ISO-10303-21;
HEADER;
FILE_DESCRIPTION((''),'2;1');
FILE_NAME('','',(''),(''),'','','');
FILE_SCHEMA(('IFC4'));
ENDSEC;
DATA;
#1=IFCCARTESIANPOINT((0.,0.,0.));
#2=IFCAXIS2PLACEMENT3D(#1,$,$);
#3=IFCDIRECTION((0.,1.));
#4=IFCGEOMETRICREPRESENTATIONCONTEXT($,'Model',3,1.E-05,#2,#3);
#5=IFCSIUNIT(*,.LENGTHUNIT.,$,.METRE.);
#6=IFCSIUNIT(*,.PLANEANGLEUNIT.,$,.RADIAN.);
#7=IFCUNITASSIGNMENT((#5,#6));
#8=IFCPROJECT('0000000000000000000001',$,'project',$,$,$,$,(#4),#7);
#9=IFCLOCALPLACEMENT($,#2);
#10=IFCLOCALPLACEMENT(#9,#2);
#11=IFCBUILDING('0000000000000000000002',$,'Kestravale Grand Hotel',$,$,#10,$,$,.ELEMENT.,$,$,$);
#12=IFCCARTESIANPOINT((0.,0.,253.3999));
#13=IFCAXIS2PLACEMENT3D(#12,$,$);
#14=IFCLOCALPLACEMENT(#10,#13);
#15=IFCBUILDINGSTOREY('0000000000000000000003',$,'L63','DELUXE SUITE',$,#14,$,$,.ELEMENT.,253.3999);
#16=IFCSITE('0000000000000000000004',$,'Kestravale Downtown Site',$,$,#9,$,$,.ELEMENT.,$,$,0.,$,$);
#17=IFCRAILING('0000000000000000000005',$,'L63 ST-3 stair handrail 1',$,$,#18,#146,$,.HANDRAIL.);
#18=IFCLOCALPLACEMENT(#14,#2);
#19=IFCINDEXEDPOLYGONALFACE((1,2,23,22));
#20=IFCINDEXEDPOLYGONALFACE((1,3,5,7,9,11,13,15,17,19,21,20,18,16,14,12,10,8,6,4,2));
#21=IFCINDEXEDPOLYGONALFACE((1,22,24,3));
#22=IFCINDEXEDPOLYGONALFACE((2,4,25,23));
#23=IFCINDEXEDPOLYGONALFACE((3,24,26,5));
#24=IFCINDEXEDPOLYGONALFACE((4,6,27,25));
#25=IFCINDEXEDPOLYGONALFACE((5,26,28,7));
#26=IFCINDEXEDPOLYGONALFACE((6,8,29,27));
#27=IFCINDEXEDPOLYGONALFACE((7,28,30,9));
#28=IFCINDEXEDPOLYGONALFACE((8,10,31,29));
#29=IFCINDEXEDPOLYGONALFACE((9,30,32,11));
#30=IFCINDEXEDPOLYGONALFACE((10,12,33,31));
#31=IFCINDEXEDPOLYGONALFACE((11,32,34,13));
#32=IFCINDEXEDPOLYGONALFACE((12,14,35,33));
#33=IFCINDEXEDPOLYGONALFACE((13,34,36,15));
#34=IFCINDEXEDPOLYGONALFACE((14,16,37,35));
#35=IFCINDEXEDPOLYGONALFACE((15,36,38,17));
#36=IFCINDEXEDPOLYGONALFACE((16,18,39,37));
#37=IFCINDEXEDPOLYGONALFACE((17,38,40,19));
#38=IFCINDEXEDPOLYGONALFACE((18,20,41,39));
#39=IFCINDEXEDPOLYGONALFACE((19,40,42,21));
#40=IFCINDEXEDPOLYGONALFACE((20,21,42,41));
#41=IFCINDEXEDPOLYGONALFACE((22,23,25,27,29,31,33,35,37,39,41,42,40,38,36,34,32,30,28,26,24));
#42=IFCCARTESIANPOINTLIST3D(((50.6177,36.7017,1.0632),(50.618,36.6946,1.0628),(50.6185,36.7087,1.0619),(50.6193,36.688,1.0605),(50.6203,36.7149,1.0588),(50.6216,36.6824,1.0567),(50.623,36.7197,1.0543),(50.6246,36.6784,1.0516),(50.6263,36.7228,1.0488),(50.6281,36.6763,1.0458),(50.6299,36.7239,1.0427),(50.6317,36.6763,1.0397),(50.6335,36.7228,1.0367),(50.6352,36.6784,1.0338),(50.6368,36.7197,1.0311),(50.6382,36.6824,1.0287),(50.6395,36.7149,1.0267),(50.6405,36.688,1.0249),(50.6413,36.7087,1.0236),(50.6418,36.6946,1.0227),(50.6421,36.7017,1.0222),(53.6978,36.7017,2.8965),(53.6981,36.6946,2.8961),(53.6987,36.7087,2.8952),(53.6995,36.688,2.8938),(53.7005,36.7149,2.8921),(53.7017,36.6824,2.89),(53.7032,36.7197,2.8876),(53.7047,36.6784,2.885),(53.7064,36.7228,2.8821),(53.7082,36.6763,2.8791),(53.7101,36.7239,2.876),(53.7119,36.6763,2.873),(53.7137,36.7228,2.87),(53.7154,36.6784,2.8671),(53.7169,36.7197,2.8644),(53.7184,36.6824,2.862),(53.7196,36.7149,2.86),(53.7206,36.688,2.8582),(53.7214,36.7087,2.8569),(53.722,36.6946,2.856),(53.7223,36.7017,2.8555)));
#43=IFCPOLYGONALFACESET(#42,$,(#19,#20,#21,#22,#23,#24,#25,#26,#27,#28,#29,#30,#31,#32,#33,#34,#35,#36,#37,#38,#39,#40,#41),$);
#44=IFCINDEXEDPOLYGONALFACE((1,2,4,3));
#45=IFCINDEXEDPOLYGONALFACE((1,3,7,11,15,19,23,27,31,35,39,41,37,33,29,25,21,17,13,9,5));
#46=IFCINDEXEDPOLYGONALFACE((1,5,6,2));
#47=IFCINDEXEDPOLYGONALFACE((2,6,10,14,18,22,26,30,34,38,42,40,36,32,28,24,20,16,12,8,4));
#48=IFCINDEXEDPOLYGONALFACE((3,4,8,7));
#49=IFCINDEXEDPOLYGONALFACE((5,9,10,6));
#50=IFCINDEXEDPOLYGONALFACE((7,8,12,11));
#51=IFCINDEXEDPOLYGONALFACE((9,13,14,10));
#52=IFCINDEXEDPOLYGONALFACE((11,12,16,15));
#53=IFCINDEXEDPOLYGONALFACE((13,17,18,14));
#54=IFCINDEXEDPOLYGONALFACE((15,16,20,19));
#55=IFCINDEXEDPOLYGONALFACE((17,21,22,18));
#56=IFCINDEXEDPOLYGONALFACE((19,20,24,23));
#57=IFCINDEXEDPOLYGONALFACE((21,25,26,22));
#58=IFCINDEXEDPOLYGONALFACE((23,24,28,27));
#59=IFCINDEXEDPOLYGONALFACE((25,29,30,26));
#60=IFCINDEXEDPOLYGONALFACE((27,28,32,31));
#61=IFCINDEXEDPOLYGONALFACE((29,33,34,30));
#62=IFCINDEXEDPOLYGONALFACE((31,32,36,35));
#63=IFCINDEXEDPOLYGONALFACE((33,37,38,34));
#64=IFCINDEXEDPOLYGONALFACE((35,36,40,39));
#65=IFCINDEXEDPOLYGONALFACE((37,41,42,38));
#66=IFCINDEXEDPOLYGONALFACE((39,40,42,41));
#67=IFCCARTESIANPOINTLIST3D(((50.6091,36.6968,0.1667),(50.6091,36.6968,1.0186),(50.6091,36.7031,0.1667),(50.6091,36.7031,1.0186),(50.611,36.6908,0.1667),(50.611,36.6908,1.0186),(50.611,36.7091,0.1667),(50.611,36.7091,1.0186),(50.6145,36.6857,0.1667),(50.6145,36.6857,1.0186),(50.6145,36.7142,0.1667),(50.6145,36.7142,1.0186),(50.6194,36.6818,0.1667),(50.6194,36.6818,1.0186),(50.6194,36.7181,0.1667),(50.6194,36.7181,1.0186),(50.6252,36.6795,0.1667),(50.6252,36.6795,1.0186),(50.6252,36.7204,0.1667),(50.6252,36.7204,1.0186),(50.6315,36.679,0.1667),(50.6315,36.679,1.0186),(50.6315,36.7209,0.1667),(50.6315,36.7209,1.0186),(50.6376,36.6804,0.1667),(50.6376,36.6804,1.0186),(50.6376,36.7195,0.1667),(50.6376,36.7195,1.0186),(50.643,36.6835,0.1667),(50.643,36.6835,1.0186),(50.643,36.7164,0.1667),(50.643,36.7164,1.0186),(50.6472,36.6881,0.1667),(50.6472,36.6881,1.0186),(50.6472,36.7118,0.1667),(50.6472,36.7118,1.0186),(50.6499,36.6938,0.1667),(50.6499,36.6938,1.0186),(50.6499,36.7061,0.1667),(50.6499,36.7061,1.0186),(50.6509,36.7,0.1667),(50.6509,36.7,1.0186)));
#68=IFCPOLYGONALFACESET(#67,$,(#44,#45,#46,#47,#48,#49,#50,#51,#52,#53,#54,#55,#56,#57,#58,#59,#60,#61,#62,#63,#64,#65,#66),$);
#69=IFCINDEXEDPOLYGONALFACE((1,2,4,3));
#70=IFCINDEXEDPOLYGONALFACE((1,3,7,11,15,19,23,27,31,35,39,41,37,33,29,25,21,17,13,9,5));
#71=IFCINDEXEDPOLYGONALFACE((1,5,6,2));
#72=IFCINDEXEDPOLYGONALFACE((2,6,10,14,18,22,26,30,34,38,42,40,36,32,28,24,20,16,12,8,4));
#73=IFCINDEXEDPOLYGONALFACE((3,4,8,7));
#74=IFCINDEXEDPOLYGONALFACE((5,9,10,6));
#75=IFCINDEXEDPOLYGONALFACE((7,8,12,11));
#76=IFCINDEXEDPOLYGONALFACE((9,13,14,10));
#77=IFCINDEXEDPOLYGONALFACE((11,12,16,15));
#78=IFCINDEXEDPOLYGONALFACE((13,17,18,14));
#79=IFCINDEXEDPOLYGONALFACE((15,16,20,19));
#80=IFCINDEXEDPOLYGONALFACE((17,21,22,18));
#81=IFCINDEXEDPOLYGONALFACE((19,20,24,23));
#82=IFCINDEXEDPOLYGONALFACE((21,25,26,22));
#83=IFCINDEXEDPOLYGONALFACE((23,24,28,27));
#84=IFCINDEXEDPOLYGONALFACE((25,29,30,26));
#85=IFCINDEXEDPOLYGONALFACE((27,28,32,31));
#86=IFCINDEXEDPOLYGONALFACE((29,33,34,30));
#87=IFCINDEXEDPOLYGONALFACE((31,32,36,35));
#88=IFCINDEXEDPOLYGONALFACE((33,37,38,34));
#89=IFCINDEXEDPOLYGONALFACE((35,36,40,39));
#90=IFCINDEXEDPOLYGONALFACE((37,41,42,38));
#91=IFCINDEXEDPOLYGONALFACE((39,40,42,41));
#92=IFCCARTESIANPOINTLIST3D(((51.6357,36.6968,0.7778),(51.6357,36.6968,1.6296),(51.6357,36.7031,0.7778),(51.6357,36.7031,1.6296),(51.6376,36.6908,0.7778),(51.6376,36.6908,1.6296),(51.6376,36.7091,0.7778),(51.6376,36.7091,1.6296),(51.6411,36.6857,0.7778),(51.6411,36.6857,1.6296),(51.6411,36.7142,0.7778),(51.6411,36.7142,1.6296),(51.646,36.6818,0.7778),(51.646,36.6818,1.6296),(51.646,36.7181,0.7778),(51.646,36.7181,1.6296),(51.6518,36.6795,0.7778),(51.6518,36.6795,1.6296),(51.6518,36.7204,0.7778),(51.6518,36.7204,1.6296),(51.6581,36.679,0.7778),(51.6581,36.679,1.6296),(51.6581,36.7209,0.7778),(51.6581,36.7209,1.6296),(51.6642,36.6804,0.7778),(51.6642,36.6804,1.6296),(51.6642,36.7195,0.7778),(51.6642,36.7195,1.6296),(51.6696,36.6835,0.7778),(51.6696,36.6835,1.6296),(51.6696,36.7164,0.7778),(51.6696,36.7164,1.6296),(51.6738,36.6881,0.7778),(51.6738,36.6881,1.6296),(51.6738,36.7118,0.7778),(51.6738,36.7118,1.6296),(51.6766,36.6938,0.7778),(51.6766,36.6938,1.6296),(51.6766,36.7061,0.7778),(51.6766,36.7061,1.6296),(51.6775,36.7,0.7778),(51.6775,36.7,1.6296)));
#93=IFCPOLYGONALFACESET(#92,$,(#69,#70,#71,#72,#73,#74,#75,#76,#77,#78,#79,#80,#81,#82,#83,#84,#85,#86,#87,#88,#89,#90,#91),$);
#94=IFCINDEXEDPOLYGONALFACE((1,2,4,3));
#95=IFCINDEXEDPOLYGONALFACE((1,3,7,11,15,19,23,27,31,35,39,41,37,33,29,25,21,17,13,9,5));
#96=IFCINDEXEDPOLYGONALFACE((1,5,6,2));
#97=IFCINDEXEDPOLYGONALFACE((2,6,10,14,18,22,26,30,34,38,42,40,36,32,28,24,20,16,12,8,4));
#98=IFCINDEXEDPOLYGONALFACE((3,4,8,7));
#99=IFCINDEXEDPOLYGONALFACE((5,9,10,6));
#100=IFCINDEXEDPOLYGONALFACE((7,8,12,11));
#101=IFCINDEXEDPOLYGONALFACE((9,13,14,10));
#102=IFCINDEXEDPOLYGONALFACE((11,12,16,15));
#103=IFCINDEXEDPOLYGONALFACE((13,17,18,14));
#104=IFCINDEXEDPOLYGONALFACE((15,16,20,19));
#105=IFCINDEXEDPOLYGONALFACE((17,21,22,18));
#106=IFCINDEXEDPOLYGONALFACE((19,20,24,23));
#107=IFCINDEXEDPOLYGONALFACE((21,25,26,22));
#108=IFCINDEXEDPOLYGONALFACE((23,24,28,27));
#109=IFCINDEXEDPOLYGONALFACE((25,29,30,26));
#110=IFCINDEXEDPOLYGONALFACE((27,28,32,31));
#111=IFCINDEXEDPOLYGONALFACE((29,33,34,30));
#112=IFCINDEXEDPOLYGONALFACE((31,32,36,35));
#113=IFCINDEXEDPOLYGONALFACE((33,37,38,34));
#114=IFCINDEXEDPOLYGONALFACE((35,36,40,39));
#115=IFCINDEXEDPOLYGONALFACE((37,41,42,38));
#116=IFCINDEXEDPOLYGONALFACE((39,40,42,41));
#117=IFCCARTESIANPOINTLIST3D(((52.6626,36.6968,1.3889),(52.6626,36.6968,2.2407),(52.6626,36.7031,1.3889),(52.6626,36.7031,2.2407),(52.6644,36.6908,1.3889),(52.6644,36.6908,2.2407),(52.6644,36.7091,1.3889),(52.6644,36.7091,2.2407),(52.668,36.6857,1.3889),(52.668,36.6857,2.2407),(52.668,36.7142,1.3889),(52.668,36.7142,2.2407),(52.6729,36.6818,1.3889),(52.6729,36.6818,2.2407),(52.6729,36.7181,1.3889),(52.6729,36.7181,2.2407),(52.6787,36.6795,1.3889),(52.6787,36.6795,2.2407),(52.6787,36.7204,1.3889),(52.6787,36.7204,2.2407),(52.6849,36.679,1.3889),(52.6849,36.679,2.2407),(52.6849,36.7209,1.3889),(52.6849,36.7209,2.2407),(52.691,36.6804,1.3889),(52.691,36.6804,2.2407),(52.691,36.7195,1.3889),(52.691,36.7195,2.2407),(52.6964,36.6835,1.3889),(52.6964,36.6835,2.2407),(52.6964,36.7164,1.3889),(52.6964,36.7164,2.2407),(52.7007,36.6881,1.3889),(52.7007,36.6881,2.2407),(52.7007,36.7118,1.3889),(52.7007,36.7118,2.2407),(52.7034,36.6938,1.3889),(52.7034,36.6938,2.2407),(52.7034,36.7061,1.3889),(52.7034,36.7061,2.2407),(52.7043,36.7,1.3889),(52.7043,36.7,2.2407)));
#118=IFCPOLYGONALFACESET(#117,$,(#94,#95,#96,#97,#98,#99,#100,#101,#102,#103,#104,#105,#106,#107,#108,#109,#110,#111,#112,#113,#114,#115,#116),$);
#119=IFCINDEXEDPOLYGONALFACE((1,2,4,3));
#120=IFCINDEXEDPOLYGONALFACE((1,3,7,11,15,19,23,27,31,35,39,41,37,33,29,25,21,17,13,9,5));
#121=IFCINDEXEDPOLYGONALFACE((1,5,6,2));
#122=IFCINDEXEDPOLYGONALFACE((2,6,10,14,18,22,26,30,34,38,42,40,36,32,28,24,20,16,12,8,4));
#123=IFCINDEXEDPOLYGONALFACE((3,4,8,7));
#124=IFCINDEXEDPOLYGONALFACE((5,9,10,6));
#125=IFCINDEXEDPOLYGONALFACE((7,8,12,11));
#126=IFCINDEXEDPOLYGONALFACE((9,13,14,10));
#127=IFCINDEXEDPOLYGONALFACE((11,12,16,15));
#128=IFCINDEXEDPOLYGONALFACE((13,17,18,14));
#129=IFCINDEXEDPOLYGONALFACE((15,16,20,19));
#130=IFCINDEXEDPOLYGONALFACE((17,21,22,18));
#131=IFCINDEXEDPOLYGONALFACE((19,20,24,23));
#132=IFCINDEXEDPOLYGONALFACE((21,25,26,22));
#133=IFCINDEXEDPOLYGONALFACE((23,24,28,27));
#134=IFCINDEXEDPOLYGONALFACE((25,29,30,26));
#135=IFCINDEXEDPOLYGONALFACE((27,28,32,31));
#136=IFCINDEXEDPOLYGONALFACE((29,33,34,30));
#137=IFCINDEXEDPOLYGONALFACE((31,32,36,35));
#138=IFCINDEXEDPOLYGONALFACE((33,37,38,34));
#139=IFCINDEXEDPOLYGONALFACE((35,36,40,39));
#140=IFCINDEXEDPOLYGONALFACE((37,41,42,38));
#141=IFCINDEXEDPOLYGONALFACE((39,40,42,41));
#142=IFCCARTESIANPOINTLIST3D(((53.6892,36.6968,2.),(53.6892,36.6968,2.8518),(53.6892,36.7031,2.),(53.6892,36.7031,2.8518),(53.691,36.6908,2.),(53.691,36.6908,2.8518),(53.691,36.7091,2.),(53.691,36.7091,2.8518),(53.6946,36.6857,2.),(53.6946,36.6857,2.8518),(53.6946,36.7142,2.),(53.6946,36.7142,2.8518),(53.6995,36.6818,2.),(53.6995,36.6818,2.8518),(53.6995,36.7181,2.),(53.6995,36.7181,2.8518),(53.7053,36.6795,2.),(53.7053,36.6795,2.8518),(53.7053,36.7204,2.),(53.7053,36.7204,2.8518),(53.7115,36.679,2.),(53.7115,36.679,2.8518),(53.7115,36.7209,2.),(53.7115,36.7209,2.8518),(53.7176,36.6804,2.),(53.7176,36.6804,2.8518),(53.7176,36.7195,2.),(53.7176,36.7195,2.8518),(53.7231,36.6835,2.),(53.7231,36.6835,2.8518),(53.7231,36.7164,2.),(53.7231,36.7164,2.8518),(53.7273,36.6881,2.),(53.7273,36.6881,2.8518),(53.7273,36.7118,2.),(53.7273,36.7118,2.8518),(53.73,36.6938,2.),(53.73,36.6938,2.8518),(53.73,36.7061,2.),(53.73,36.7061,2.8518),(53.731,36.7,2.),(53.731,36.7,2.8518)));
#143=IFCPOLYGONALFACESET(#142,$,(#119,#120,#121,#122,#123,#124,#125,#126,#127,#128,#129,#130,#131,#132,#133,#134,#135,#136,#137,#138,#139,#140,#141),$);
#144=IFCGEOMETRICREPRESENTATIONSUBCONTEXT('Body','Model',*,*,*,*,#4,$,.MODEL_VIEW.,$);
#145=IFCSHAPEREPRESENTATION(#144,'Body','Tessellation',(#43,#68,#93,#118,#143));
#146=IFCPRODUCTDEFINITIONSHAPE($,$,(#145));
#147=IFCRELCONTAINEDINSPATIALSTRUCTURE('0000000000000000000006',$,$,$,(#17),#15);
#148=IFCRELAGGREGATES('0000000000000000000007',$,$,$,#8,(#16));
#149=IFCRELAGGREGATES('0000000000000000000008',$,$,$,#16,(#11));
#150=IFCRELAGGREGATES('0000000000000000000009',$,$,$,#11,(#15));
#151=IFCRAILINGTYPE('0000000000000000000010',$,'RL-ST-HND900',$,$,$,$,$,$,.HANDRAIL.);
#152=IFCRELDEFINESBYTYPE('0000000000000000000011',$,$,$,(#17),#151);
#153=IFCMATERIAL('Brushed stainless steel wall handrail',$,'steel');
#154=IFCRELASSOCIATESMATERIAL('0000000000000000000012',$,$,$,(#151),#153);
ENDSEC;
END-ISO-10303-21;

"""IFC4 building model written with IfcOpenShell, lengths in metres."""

from ifc_helpers import new_model, si_unit, direction, frame, origin, origin_2d, place, context, subcontext, project, spatial, circle, extrude, material, type_object, element, save


model = new_model("IFC4")

# Units and contexts
model_context = context("Model", 3, precision=1e-05, world=origin(), true_north=direction((0.0, 1.0)))
body_context = subcontext(model_context, "Body", "Model", "MODEL_VIEW")
ifc_project = project(units=[si_unit("LENGTHUNIT", "METRE"), si_unit("PLANEANGLEUNIT", "RADIAN")], contexts=[model_context])

# Site, building, storey
site_placement = place(None, origin())
site = spatial("IfcSite", under=ifc_project, at=site_placement, Name="Kestravale Downtown Site", CompositionType="ELEMENT", RefElevation=0.0)
building_placement = place(site_placement, origin())
building = spatial("IfcBuilding", under=site, at=building_placement, Name="Kestravale Grand Hotel", CompositionType="ELEMENT")
storey_placement = place(building_placement, frame((0.0, 0.0, 253.3999)))
storey = spatial("IfcBuildingStorey", under=building, at=storey_placement, Name="L63", Description="DELUXE SUITE", CompositionType="ELEMENT", Elevation=253.3999)

# Railing
ifc_material_1 = material(Name="Brushed stainless steel wall handrail", Category="steel")
railing_type_1 = type_object("IfcRailingType", Name="RL-ST-HND900", PredefinedType="HANDRAIL", material=ifc_material_1)
railing_1_placement = place(storey_placement, frame((50.6299, 36.7, 0.1667)))
element("IfcRailing", 1, at=railing_1_placement, inside=storey, type_object=railing_type_1, Name="L63 ST-3 stair handrail 1", PredefinedType="HANDRAIL", context=body_context, shape_type="SweptSolid", body=[
    extrude(circle(Radius=0.0239, at=origin_2d()), frame((0.0, 0.0, 0.876), z_axis=(0.859309, 0.0, 0.511458), x_axis=(0.0, 1.0, 0.0)), (0.0, 0.0, 1.0), 3.5845),
    extrude(circle(Radius=0.021, at=origin_2d()), origin(), (0.0, 0.0, 1.0), 0.8518),
    extrude(circle(Radius=0.021, at=origin_2d()), frame((1.0266, 0.0, 0.6111)), (0.0, 0.0, 1.0), 0.8518),
    extrude(circle(Radius=0.021, at=origin_2d()), frame((2.0535, 0.0, 1.2222)), (0.0, 0.0, 1.0), 0.8518),
    extrude(circle(Radius=0.021, at=origin_2d()), frame((3.0801, 0.0, 1.8333)), (0.0, 0.0, 1.0), 0.8518),
])

save(model, "model.ifc")
